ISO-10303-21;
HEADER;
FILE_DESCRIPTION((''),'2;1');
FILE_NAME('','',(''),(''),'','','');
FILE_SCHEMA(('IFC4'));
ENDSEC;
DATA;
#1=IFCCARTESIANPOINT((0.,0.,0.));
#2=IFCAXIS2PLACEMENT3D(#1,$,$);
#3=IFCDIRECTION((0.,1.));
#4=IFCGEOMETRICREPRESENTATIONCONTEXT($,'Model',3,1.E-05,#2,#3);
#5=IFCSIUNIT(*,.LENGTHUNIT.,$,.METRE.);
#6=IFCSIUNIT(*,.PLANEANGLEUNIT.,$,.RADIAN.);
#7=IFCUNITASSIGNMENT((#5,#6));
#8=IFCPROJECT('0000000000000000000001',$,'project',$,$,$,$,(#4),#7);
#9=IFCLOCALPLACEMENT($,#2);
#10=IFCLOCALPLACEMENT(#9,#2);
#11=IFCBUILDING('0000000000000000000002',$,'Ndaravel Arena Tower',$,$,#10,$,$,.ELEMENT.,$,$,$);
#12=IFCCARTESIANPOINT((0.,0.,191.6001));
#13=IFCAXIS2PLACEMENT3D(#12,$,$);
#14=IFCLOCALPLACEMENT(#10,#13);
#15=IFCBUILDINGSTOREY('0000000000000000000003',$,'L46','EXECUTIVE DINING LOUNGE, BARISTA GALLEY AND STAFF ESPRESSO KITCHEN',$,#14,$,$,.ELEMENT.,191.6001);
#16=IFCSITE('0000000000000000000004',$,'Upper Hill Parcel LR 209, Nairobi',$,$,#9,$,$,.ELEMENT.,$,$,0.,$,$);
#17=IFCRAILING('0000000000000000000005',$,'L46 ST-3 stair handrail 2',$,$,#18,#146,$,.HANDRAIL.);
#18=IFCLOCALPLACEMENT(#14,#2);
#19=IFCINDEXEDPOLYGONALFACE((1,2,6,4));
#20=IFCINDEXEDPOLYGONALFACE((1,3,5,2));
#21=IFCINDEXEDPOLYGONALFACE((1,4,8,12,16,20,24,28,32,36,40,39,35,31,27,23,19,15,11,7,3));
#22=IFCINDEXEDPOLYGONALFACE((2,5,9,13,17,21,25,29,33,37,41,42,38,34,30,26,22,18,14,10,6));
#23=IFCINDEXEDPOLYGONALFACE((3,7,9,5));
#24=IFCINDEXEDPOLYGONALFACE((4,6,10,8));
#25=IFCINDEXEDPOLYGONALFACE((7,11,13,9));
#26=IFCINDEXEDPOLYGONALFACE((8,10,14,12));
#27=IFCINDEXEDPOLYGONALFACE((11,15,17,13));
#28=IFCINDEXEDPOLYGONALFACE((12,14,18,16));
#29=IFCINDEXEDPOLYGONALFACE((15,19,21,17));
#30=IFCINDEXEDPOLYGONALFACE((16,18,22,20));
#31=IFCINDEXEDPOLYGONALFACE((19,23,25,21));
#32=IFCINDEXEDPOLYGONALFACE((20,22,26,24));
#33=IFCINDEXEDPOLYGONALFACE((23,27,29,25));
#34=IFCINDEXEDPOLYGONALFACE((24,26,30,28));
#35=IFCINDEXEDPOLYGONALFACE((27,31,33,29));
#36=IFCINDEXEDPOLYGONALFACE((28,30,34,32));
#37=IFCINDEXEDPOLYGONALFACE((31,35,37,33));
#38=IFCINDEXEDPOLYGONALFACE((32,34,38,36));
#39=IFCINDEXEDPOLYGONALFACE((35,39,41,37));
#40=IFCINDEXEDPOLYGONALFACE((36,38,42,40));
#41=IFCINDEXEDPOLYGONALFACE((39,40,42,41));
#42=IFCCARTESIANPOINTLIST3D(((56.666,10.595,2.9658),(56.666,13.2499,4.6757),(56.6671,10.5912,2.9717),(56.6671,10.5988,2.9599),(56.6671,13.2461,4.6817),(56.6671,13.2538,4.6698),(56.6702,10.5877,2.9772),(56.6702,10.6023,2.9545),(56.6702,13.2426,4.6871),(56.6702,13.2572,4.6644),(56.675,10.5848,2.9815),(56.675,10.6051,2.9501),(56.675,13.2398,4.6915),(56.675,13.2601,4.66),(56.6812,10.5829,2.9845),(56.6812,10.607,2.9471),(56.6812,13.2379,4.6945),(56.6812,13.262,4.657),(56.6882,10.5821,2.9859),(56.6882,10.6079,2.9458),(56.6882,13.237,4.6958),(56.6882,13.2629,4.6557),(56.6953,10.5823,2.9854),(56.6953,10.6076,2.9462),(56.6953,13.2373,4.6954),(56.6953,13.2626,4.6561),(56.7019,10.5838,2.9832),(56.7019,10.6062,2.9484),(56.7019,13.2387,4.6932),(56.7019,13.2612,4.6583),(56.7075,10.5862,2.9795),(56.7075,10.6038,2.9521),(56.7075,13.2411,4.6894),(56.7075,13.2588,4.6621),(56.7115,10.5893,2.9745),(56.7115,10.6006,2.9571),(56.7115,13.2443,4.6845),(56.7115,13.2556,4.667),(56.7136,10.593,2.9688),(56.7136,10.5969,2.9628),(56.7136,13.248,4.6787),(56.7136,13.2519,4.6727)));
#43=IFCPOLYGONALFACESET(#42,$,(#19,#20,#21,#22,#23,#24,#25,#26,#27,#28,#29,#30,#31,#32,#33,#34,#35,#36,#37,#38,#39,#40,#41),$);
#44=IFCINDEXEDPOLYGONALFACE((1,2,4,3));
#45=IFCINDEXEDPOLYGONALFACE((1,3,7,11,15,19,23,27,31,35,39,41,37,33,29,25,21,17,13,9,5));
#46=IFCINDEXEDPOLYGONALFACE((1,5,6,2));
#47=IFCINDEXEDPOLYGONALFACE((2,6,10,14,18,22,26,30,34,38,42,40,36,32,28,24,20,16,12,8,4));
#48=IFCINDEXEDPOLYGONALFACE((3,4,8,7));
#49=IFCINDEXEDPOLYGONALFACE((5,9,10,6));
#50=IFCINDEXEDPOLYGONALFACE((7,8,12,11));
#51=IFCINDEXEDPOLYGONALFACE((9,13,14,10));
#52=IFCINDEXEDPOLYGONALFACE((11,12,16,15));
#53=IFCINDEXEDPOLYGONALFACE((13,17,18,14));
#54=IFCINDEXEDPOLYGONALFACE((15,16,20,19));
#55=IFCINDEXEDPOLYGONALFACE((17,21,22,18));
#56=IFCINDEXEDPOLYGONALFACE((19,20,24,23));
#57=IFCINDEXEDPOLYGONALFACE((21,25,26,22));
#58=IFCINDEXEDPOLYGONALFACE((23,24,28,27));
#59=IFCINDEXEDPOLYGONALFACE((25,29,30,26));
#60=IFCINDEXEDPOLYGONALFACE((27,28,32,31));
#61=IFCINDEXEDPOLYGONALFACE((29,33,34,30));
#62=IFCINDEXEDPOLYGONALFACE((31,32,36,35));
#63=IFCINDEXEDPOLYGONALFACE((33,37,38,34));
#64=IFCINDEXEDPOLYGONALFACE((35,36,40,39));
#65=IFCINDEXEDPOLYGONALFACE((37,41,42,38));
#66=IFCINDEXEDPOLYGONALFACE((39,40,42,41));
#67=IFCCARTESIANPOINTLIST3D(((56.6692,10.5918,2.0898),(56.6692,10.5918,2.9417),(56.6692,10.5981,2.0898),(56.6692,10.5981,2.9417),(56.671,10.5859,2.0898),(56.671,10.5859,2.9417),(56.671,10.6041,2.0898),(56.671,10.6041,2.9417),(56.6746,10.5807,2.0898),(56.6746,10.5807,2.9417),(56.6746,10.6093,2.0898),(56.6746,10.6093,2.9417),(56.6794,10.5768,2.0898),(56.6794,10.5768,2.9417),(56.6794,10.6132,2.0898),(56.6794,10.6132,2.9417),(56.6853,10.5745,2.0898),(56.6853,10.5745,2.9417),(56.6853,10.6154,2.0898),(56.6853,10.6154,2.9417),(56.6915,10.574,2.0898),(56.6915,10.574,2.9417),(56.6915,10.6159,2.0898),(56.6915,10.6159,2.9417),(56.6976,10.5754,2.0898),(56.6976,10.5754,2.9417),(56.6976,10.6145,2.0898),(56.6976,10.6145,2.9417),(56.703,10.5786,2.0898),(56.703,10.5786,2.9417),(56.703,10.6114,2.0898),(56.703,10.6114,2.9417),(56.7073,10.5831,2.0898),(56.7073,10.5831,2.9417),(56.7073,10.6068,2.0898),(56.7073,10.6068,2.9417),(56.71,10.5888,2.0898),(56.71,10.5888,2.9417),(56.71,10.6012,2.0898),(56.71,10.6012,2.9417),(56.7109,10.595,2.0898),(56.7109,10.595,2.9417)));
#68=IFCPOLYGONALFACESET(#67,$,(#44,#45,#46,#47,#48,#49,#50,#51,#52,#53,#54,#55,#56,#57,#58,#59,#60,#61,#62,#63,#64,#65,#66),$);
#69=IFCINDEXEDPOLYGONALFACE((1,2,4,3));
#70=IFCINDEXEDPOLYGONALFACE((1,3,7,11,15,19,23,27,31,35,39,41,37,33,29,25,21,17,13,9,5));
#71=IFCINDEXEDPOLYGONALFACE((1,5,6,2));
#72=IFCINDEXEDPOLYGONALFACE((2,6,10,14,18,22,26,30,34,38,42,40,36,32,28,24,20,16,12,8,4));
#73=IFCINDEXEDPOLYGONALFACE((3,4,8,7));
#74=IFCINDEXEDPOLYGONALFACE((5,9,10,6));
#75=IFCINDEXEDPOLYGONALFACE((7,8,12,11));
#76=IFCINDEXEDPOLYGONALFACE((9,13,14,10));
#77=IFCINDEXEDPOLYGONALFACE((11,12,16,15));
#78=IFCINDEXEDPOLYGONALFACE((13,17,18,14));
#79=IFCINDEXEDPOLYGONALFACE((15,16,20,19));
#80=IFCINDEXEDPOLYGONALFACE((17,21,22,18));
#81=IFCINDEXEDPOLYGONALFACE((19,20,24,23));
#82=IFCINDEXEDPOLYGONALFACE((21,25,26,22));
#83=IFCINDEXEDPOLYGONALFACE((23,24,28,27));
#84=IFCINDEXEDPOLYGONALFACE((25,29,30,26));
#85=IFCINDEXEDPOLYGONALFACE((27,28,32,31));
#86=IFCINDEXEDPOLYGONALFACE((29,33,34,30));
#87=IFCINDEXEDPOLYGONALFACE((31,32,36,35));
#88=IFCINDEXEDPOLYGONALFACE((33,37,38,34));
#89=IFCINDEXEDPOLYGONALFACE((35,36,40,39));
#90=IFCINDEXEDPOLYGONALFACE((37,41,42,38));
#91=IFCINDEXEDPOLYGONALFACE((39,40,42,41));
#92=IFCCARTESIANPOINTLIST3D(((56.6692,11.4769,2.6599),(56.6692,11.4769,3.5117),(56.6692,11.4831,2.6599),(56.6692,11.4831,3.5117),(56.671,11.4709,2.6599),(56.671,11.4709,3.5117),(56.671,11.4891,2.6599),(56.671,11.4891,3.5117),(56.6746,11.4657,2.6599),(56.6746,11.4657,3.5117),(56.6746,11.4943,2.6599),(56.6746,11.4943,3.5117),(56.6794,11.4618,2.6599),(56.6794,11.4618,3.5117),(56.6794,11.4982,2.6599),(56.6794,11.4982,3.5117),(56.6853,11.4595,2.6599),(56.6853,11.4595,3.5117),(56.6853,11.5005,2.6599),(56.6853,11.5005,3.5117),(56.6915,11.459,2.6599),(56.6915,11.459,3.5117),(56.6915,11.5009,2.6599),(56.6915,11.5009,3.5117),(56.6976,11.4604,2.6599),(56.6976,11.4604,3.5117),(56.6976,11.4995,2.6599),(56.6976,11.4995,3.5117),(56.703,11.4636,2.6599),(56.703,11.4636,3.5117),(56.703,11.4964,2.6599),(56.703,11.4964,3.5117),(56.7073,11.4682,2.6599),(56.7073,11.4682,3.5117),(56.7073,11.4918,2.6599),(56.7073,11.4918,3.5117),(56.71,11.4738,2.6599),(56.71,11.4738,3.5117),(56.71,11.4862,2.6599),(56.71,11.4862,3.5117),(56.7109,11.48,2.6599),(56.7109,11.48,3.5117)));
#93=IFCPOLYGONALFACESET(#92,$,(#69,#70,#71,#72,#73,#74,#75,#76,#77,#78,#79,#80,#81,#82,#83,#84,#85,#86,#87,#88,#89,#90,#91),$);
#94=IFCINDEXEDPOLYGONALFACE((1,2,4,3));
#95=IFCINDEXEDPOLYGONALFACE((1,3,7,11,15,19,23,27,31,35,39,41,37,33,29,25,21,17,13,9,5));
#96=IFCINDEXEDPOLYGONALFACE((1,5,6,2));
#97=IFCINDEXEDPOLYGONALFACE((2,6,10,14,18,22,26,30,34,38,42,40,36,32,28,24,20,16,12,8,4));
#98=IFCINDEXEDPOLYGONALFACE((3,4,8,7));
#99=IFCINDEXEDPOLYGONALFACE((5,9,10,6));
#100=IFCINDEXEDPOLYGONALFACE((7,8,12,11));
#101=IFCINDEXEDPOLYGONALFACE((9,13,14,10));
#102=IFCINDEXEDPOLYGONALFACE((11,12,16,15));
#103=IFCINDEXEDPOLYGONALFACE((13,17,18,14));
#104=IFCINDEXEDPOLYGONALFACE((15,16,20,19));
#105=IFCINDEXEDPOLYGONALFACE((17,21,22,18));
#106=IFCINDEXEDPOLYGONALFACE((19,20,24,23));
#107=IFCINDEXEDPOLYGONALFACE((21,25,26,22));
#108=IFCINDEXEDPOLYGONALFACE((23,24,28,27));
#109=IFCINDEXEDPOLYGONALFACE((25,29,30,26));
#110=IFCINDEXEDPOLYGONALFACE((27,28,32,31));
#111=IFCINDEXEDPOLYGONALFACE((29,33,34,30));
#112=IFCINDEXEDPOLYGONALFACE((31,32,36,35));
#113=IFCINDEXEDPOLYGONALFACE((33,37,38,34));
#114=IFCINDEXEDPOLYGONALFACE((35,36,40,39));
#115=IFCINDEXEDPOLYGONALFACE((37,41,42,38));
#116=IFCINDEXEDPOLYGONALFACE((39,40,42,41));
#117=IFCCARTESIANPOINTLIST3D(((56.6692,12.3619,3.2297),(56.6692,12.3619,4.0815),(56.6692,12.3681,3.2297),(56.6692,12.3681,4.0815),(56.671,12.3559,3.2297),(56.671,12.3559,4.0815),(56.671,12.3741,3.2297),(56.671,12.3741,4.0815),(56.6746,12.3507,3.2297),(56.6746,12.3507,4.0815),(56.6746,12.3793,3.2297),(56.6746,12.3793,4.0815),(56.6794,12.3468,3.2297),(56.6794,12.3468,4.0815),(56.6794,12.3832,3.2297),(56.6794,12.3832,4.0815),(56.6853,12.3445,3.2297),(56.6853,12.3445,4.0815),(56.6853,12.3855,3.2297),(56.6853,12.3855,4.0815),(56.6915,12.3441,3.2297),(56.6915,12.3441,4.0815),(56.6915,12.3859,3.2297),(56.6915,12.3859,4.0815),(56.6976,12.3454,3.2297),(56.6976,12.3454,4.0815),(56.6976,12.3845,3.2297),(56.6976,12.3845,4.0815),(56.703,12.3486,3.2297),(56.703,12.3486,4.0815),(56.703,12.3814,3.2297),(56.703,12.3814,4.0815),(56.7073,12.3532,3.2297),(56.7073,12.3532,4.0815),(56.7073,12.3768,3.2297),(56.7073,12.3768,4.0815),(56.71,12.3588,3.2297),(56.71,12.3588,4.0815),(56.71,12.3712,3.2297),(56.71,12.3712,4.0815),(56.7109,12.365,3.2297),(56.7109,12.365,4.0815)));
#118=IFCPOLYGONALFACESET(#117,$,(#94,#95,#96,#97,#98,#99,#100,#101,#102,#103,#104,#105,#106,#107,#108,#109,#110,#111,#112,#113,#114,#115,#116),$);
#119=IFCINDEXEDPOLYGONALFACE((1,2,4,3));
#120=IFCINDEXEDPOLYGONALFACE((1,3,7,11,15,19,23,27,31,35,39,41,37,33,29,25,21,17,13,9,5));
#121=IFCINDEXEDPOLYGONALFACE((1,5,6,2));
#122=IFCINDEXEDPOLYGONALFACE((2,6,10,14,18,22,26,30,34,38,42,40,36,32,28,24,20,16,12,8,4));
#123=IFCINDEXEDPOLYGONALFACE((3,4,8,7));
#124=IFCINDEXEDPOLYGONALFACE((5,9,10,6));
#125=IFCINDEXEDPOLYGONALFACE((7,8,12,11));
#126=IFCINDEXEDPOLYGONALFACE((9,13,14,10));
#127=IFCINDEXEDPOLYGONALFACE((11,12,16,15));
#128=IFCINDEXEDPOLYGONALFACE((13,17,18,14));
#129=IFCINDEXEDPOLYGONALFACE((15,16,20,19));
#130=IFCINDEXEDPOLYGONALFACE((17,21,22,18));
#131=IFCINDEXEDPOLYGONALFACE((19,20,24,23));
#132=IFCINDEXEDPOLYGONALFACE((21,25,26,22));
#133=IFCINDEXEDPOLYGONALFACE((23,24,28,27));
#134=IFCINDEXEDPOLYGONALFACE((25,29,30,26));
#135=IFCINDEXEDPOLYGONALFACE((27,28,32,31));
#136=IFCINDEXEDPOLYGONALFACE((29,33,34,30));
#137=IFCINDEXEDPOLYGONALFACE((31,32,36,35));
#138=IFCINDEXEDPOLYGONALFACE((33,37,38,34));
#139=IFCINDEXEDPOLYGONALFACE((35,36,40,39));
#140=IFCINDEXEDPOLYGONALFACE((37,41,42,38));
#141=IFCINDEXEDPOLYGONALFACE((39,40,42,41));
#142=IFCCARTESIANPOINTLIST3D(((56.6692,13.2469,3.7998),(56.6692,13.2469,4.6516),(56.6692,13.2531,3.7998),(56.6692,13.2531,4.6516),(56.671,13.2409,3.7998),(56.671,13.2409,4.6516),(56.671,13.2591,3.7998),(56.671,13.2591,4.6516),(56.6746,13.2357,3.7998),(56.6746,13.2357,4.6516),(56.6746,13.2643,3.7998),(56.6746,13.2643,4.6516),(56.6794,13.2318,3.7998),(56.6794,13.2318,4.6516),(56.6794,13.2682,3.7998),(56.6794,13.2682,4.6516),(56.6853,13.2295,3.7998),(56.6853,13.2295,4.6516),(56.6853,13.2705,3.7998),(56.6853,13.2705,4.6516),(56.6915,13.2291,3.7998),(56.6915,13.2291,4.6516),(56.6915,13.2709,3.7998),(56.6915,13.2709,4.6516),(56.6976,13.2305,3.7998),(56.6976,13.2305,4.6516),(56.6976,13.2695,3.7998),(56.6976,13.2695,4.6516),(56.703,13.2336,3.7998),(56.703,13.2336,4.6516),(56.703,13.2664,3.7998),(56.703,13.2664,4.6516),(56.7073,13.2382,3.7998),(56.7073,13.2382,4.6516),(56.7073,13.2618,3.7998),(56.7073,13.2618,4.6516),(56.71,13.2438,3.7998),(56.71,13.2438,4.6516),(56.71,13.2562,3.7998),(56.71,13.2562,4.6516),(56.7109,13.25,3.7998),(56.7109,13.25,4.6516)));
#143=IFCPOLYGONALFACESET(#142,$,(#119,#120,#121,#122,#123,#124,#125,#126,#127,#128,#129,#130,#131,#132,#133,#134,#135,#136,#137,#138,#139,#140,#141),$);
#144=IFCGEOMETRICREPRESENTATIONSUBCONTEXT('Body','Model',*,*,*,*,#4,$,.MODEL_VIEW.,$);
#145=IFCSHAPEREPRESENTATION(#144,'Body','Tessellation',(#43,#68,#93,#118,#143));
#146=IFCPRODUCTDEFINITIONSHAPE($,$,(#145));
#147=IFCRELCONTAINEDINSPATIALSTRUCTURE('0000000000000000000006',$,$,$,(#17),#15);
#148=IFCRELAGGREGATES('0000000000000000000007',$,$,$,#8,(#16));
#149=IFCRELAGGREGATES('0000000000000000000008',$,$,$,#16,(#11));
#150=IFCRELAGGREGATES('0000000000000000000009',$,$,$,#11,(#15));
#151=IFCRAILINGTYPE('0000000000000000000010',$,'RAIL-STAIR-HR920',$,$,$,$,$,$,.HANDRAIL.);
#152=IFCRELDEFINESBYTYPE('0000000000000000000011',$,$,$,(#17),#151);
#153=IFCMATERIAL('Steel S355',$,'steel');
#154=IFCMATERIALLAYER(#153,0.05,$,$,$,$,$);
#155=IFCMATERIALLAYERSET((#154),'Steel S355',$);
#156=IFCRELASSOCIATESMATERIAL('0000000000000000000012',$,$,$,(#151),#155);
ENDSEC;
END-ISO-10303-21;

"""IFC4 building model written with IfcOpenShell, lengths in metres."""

from ifc_helpers import new_model, si_unit, direction, frame, origin, origin_2d, place, context, subcontext, project, spatial, circle, extrude, material, layer, layer_set, type_object, element, save


model = new_model("IFC4")

# Units and contexts
model_context = context("Model", 3, precision=1e-05, world=origin(), true_north=direction((0.0, 1.0)))
body_context = subcontext(model_context, "Body", "Model", "MODEL_VIEW")
ifc_project = project(units=[si_unit("LENGTHUNIT", "METRE"), si_unit("PLANEANGLEUNIT", "RADIAN")], contexts=[model_context])

# Site, building, storey
site_placement = place(None, origin())
site = spatial("IfcSite", under=ifc_project, at=site_placement, Name="Upper Hill Parcel LR 209, Nairobi", CompositionType="ELEMENT", RefElevation=0.0)
building_placement = place(site_placement, origin())
building = spatial("IfcBuilding", under=site, at=building_placement, Name="Ndaravel Arena Tower", CompositionType="ELEMENT")
storey_placement = place(building_placement, frame((0.0, 0.0, 191.6001)))
storey = spatial("IfcBuildingStorey", under=building, at=storey_placement, Name="L46", Description="EXECUTIVE DINING LOUNGE, BARISTA GALLEY AND STAFF ESPRESSO KITCHEN", CompositionType="ELEMENT", Elevation=191.6001)

# Railing
ifc_material_1 = material(Name="Steel S355", Category="steel")
ifc_layer_1 = layer(ifc_material_1, 0.05)
ifc_layer_set_1 = layer_set([ifc_layer_1], Name="Steel S355")
railing_type_1 = type_object("IfcRailingType", Name="RAIL-STAIR-HR920", PredefinedType="HANDRAIL", material=ifc_layer_set_1)
railing_1_placement = place(storey_placement, frame((56.6899, 10.595, 2.0898)))
element("IfcRailing", 1, at=railing_1_placement, inside=storey, type_object=railing_type_1, Name="L46 ST-3 stair handrail 2", PredefinedType="HANDRAIL", context=body_context, shape_type="SweptSolid", body=[
    extrude(circle(Radius=0.0239, at=origin_2d()), frame((0.0, 0.0, 0.876), z_axis=(0.0, 0.840724, 0.541465), x_axis=(-1.0, 0.0, 0.0)), (0.0, 0.0, 1.0), 3.158),
    extrude(circle(Radius=0.021, at=origin_2d()), origin(), (0.0, 0.0, 1.0), 0.8518),
    extrude(circle(Radius=0.021, at=origin_2d()), frame((0.0, 0.885, 0.5701)), (0.0, 0.0, 1.0), 0.8518),
    extrude(circle(Radius=0.021, at=origin_2d()), frame((0.0, 1.77, 1.1399)), (0.0, 0.0, 1.0), 0.8518),
    extrude(circle(Radius=0.021, at=origin_2d()), frame((0.0, 2.655, 1.71)), (0.0, 0.0, 1.0), 0.8518),
])

save(model, "model.ifc")
